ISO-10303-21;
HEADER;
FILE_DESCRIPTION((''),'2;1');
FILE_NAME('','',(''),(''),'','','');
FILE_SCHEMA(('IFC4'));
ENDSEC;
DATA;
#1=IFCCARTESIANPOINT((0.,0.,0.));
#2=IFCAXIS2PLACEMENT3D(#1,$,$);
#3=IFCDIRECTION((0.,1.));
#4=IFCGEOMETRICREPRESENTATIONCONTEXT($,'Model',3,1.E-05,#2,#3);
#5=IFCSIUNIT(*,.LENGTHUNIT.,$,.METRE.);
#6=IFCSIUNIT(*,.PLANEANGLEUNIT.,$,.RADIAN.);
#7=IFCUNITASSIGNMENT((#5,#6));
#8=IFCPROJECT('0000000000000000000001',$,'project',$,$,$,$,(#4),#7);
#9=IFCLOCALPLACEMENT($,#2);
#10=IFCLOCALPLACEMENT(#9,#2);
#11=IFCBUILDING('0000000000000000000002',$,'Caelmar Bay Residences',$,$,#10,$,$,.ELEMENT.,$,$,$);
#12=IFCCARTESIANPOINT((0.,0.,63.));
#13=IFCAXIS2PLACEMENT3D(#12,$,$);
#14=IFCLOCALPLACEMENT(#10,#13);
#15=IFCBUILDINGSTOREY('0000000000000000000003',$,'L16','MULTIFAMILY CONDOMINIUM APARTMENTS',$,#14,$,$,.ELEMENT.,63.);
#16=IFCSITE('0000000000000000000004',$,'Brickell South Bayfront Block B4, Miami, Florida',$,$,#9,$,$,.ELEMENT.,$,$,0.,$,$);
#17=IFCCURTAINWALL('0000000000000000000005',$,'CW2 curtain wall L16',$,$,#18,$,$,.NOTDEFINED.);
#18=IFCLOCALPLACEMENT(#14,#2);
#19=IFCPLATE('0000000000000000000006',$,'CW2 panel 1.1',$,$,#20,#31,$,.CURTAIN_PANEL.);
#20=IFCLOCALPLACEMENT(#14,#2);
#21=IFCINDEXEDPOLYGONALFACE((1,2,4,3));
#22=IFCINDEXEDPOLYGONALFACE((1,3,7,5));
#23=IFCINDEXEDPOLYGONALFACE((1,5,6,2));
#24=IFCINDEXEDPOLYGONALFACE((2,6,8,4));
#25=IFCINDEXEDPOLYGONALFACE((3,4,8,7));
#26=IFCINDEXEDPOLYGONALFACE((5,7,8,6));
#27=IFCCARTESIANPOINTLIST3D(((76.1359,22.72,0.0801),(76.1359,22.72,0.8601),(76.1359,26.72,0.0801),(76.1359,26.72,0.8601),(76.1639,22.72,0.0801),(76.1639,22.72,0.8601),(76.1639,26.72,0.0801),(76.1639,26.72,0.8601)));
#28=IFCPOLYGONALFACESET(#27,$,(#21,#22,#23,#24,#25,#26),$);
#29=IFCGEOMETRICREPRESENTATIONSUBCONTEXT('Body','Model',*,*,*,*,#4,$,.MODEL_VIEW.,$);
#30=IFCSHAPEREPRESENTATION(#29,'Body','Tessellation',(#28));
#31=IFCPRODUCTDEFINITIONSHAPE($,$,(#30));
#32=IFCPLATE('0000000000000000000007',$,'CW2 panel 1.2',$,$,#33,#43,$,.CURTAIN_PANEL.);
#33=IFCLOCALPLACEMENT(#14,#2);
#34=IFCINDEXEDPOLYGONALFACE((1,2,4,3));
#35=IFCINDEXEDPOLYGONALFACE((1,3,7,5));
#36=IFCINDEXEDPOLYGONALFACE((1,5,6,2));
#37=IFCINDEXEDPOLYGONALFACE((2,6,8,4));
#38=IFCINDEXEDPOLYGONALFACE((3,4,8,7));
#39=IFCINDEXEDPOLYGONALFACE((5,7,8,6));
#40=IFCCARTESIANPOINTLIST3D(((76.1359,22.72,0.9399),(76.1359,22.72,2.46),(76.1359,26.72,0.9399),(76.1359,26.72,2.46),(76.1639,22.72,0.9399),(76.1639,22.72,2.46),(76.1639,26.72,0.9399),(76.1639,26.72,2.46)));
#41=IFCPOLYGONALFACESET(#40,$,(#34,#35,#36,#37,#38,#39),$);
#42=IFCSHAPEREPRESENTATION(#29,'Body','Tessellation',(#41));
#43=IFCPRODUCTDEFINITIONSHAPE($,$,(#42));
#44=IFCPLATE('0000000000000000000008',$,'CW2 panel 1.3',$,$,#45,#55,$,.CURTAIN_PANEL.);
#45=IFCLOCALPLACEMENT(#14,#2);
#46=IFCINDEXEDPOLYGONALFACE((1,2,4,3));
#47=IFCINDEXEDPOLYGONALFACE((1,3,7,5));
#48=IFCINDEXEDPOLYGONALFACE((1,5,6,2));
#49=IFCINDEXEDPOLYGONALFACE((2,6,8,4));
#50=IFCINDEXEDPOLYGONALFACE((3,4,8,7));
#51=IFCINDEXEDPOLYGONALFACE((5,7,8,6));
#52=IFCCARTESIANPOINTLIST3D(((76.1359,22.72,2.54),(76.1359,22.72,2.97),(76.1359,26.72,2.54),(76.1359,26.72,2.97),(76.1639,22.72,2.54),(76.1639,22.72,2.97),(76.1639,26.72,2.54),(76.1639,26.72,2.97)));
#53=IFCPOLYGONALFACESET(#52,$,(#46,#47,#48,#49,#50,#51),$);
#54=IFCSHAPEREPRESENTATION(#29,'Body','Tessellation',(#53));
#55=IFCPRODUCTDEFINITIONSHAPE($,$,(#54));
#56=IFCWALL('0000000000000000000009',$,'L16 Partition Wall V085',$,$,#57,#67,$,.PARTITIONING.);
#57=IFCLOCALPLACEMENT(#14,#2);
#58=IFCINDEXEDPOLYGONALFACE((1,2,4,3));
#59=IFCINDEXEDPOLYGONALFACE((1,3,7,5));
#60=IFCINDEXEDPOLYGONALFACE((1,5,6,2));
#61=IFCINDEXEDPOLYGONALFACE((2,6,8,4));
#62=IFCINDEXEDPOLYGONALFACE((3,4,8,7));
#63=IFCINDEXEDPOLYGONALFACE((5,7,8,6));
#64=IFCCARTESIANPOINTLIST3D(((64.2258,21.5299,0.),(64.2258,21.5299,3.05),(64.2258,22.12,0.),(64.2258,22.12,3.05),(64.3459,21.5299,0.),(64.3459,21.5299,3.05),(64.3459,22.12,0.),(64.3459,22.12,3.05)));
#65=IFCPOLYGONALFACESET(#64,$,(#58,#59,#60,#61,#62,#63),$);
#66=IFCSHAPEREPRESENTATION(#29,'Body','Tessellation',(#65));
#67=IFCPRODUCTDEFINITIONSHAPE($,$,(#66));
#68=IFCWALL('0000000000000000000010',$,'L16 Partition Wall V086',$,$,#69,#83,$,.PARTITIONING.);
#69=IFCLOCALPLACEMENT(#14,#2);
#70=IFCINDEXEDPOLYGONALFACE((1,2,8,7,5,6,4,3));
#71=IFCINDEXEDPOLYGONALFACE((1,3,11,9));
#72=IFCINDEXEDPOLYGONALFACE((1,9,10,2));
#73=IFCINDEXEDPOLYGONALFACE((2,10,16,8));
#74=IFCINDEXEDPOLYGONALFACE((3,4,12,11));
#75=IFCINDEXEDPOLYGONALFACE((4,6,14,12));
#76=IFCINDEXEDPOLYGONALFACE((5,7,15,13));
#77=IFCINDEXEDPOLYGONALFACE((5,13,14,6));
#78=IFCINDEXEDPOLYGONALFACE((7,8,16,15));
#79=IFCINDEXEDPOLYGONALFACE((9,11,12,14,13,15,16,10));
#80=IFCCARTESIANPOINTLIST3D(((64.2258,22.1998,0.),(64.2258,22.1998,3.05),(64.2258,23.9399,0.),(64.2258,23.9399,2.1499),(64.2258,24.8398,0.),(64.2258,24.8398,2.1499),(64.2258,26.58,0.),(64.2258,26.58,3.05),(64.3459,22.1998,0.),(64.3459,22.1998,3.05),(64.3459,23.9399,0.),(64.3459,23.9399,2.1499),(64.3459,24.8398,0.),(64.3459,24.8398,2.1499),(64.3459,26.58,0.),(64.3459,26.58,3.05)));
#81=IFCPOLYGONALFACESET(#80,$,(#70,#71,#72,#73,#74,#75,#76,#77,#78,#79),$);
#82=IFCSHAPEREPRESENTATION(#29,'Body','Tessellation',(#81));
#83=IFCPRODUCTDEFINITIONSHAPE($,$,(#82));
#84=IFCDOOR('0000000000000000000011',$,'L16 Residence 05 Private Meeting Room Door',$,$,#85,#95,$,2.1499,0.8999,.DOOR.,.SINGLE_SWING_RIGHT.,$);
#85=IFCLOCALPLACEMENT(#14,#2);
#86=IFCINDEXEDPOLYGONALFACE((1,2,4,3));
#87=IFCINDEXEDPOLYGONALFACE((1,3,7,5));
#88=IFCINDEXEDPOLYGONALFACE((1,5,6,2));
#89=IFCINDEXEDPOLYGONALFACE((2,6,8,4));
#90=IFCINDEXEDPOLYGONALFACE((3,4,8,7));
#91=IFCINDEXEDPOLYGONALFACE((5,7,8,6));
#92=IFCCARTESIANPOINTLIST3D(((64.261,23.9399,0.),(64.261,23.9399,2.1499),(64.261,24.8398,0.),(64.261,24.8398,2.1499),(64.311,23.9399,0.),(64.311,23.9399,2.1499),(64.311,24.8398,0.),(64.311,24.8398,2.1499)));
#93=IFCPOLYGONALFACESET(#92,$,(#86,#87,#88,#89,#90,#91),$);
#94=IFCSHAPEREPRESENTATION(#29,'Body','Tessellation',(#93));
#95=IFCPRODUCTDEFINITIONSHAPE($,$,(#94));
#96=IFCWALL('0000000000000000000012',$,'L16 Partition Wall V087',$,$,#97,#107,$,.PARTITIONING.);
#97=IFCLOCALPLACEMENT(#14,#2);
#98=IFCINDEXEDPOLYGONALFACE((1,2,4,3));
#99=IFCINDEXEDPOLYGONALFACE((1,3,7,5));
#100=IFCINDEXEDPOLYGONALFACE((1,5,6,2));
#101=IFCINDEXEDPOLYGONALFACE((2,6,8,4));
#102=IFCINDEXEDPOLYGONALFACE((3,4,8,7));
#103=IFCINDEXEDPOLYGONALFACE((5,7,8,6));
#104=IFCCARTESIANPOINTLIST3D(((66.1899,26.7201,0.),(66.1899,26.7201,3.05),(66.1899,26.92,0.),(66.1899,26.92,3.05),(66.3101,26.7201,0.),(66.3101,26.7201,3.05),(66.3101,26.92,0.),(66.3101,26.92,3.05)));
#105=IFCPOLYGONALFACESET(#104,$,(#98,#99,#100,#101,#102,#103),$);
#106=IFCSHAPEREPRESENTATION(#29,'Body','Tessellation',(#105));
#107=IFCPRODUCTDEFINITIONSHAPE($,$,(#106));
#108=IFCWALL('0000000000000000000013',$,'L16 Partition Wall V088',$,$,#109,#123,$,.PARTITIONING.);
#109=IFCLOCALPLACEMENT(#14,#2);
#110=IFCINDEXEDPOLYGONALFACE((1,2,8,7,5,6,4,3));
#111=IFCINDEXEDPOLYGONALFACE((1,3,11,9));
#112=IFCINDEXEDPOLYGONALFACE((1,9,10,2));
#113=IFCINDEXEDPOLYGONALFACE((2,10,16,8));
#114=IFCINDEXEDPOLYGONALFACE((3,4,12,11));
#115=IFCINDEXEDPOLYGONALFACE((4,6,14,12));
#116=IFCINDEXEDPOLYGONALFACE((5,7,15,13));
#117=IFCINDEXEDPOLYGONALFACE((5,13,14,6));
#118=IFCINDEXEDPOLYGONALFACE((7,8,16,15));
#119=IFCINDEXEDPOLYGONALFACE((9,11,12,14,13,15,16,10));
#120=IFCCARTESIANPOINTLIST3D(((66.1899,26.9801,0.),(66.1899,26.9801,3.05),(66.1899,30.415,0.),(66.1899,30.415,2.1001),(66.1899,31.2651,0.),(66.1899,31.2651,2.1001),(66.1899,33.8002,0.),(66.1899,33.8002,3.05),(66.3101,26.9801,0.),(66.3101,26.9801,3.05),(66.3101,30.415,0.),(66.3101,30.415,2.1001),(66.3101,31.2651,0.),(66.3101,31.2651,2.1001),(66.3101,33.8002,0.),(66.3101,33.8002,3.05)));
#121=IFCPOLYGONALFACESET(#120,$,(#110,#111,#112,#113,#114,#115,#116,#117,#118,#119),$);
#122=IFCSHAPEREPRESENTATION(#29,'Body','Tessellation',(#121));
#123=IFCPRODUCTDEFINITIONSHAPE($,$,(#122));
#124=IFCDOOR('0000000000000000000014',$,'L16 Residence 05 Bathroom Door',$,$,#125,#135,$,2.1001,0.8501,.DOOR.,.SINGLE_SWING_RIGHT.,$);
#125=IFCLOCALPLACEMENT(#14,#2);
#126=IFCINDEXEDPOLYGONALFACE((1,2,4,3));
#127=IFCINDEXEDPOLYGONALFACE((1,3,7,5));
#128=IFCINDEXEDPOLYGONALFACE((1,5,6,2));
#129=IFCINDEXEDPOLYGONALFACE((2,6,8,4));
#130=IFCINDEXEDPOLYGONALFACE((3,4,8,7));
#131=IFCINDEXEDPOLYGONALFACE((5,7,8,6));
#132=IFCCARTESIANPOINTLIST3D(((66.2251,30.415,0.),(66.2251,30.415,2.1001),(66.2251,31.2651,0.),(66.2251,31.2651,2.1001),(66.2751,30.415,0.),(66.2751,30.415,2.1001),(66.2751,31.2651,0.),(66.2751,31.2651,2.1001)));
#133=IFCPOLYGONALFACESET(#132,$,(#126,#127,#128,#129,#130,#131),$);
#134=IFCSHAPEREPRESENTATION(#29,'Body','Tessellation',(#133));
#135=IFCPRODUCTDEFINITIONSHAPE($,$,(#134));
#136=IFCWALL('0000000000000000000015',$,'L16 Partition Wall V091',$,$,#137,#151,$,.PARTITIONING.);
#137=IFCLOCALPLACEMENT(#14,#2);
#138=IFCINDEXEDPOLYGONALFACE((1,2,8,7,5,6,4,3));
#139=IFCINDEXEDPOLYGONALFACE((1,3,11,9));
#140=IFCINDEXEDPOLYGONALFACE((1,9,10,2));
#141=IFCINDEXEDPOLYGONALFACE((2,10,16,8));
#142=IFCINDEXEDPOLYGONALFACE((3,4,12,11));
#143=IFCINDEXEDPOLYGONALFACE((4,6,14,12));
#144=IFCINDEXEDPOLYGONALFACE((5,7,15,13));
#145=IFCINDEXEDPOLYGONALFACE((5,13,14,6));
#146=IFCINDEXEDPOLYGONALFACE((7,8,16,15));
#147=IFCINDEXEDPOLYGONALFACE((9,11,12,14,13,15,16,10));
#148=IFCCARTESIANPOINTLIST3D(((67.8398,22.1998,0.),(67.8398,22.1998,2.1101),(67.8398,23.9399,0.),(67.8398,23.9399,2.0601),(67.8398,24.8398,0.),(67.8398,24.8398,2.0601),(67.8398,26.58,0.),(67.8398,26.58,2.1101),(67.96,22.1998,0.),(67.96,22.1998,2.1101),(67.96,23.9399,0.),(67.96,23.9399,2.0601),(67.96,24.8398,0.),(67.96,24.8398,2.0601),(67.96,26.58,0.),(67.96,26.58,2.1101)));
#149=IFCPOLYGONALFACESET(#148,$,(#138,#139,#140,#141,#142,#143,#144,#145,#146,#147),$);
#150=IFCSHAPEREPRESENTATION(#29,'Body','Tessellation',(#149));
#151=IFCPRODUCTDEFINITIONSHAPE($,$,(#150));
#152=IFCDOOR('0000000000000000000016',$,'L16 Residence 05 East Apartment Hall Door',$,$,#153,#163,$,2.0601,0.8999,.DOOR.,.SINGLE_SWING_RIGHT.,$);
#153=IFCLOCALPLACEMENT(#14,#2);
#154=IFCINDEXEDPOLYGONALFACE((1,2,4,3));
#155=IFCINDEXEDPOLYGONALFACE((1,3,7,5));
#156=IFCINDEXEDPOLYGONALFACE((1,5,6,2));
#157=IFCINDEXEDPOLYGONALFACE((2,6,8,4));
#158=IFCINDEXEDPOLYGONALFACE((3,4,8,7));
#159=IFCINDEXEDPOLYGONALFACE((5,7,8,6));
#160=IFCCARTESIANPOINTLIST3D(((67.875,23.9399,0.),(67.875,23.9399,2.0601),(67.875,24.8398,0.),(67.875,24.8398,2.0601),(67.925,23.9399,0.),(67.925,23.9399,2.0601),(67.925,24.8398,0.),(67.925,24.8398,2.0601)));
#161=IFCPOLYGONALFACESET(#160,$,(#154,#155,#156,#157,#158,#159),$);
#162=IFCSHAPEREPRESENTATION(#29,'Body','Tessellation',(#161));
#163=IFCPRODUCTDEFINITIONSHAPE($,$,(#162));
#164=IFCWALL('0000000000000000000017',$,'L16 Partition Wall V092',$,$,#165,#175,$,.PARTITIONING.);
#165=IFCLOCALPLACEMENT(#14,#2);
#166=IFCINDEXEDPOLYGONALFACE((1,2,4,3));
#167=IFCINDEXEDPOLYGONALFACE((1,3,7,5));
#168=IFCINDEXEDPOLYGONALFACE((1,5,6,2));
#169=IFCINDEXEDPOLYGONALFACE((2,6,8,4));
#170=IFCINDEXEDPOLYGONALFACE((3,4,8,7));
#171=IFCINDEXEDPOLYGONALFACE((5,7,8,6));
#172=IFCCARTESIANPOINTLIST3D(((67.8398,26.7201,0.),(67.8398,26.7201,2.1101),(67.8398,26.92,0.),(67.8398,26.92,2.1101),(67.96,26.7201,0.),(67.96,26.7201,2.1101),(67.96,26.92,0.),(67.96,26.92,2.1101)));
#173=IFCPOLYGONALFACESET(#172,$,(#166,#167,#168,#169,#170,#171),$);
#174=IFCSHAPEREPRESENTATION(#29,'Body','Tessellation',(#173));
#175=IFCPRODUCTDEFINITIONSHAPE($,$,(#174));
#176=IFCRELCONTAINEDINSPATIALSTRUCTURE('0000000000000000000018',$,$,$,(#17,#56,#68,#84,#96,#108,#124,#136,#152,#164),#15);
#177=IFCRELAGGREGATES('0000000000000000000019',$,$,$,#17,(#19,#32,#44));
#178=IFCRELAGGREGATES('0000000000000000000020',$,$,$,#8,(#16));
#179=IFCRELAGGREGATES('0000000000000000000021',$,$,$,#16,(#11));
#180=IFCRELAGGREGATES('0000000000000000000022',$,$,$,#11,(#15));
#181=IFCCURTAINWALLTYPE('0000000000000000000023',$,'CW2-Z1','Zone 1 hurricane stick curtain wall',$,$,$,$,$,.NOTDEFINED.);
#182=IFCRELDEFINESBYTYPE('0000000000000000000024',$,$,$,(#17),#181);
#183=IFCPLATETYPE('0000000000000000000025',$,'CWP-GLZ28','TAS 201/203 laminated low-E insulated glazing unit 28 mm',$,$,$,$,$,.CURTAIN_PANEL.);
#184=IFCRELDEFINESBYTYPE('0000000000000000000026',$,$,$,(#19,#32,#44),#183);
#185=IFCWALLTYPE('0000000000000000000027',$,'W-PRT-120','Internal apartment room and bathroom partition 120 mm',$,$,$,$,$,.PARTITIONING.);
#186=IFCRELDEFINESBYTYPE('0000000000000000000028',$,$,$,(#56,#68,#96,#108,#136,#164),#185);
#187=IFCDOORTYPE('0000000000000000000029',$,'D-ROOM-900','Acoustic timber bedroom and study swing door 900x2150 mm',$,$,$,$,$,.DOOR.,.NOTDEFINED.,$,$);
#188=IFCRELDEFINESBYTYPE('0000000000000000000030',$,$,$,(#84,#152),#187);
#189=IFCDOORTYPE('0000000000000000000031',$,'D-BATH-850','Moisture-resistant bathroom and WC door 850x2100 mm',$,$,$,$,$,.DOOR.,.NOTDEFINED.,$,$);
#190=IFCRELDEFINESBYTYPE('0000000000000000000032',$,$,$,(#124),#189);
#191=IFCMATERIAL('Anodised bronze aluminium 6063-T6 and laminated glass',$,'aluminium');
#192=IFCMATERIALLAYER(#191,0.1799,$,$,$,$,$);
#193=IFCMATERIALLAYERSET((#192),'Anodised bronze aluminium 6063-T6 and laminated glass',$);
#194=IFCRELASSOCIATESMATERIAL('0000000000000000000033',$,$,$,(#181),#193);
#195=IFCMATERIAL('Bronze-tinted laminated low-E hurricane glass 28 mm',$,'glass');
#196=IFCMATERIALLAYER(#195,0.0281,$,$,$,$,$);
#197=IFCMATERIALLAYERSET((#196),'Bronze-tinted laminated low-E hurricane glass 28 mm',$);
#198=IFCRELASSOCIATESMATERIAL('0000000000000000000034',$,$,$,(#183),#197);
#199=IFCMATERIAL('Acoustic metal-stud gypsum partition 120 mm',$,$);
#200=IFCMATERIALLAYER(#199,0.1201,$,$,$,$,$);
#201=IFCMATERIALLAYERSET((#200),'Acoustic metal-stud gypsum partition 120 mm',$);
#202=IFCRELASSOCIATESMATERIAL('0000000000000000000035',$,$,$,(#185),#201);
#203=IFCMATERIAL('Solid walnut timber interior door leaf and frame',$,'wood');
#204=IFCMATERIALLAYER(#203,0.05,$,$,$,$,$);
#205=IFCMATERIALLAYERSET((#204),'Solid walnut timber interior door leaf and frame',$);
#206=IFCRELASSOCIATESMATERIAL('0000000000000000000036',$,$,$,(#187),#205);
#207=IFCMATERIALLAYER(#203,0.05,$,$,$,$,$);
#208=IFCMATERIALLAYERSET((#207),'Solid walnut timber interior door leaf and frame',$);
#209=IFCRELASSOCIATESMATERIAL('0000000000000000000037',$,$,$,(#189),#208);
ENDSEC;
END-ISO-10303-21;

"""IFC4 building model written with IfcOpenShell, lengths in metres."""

from ifc_helpers import new_model, si_unit, direction, frame, frame_2d, origin, origin_2d, place, context, subcontext, project, spatial, rectangle, extrude, material, layer, layer_set, type_object, element, fill, aggregate, save


model = new_model("IFC4")

# Units and contexts
model_context = context("Model", 3, precision=1e-05, world=origin(), true_north=direction((0.0, 1.0)))
body_context = subcontext(model_context, "Body", "Model", "MODEL_VIEW")
ifc_project = project(units=[si_unit("LENGTHUNIT", "METRE"), si_unit("PLANEANGLEUNIT", "RADIAN")], contexts=[model_context])

# Site, building, storey
site_placement = place(None, origin())
site = spatial("IfcSite", under=ifc_project, at=site_placement, Name="Brickell South Bayfront Block B4, Miami, Florida", CompositionType="ELEMENT", RefElevation=0.0)
building_placement = place(site_placement, origin())
building = spatial("IfcBuilding", under=site, at=building_placement, Name="Caelmar Bay Residences", CompositionType="ELEMENT")
storey_placement = place(building_placement, frame((0.0, 0.0, 63.0)))
storey = spatial("IfcBuildingStorey", under=building, at=storey_placement, Name="L16", Description="MULTIFAMILY CONDOMINIUM APARTMENTS", CompositionType="ELEMENT", Elevation=63.0)

# Curtain wall, plates
ifc_material_1 = material(Name="Anodised bronze aluminium 6063-T6 and laminated glass", Category="aluminium")
ifc_layer_1 = layer(ifc_material_1, 0.1799)
ifc_layer_set_1 = layer_set([ifc_layer_1], Name="Anodised bronze aluminium 6063-T6 and laminated glass")
curtain_wall_type = type_object("IfcCurtainWallType", Name="CW2-Z1", Description="Zone 1 hurricane stick curtain wall", PredefinedType="NOTDEFINED", material=ifc_layer_set_1)
curtain_wall_placement = place(storey_placement, origin())
curtain_wall = element("IfcCurtainWall", 1, at=curtain_wall_placement, inside=storey, type_object=curtain_wall_type, Name="CW2 curtain wall L16", PredefinedType="NOTDEFINED")
ifc_material_2 = material(Name="Bronze-tinted laminated low-E hurricane glass 28 mm", Category="glass")
ifc_layer_2 = layer(ifc_material_2, 0.0281)
ifc_layer_set_2 = layer_set([ifc_layer_2], Name="Bronze-tinted laminated low-E hurricane glass 28 mm")
plate_type = type_object("IfcPlateType", Name="CWP-GLZ28", Description="TAS 201/203 laminated low-E insulated glazing unit 28 mm", PredefinedType="CURTAIN_PANEL", material=ifc_layer_set_2)
plate_1_placement = place(storey_placement, frame((76.1499, 24.72, 0.0801), z_axis=(0.0, 0.0, 1.0), x_axis=(0.0, -1.0, 0.0)))
plate_1 = element("IfcPlate", 2, at=plate_1_placement, type_object=plate_type, Name="CW2 panel 1.1", PredefinedType="CURTAIN_PANEL", context=body_context, shape_type="SweptSolid", body=[
    extrude(rectangle(XDim=4.0, YDim=0.0281, at=origin_2d()), origin(), (0.0, 0.0, 1.0), 0.78),
])
plate_2_placement = place(storey_placement, frame((76.1499, 24.72, 0.9399), z_axis=(0.0, 0.0, 1.0), x_axis=(0.0, -1.0, 0.0)))
plate_2 = element("IfcPlate", 3, at=plate_2_placement, type_object=plate_type, Name="CW2 panel 1.2", PredefinedType="CURTAIN_PANEL", context=body_context, shape_type="SweptSolid", body=[
    extrude(rectangle(XDim=4.0, YDim=0.0281, at=origin_2d()), origin(), (0.0, 0.0, 1.0), 1.52),
])
plate_3_placement = place(storey_placement, frame((76.1499, 24.72, 2.54), z_axis=(0.0, 0.0, 1.0), x_axis=(0.0, -1.0, 0.0)))
plate_3 = element("IfcPlate", 4, at=plate_3_placement, type_object=plate_type, Name="CW2 panel 1.3", PredefinedType="CURTAIN_PANEL", context=body_context, shape_type="SweptSolid", body=[
    extrude(rectangle(XDim=4.0, YDim=0.0281, at=origin_2d()), origin(), (0.0, 0.0, 1.0), 0.4299),
])
aggregate(curtain_wall, [plate_1, plate_2, plate_3])

# Wall
ifc_material_3 = material(Name="Acoustic metal-stud gypsum partition 120 mm")
ifc_layer_3 = layer(ifc_material_3, 0.1201)
ifc_layer_set_3 = layer_set([ifc_layer_3], Name="Acoustic metal-stud gypsum partition 120 mm")
wall_type = type_object("IfcWallType", Name="W-PRT-120", Description="Internal apartment room and bathroom partition 120 mm", PredefinedType="PARTITIONING", material=ifc_layer_set_3)
wall_1_placement = place(storey_placement, frame((64.2859, 21.53, 0.0), z_axis=(0.0, 0.0, 1.0), x_axis=(0.0, 1.0, 0.0)))
element("IfcWall", 5, at=wall_1_placement, inside=storey, type_object=wall_type, Name="L16 Partition Wall V085", PredefinedType="PARTITIONING", context=body_context, shape_type="SweptSolid", body=[
    extrude(rectangle(XDim=0.5901, YDim=0.1201, at=frame_2d((0.2949, 0.0))), origin(), (0.0, 0.0, 1.0), 3.05),
])

# Wall, opening, door
wall_2_placement = place(storey_placement, frame((64.2859, 22.2, 0.0), z_axis=(0.0, 0.0, 1.0), x_axis=(0.0, 1.0, 0.0)))
wall_2 = element("IfcWall", 6, at=wall_2_placement, inside=storey, type_object=wall_type, Name="L16 Partition Wall V086", PredefinedType="PARTITIONING", context=body_context, shape_type="SweptSolid", body=[
    extrude(rectangle(XDim=4.3801, YDim=0.1201, at=frame_2d((2.1899, 0.0))), origin(), (0.0, 0.0, 1.0), 3.05),
])
opening_1_placement = place(wall_2_placement, frame((1.74, 0.0, 0.0)))
opening_1 = element("IfcOpeningElement", 7, at=opening_1_placement, cuts=wall_2, PredefinedType="OPENING", context=body_context, shape_type="SweptSolid", body=[
    extrude(rectangle(XDim=0.8999, YDim=2.1499, at=frame_2d((0.45, 1.075))), frame((0.0, 0.0701, 0.0), z_axis=(0.0, -1.0, 0.0), x_axis=(1.0, 0.0, 0.0)), (0.0, 0.0, 1.0), 0.1401),
])
ifc_material_4 = material(Name="Solid walnut timber interior door leaf and frame", Category="wood")
ifc_layer_4 = layer(ifc_material_4, 0.05)
ifc_layer_set_4 = layer_set([ifc_layer_4], Name="Solid walnut timber interior door leaf and frame")
door_type_1 = type_object("IfcDoorType", Name="D-ROOM-900", Description="Acoustic timber bedroom and study swing door 900x2150 mm", OperationType="NOTDEFINED", PredefinedType="DOOR", material=ifc_layer_set_4)
door_1_placement = place(opening_1_placement, origin())
door_1 = element("IfcDoor", 8, at=door_1_placement, inside=storey, type_object=door_type_1, Name="L16 Residence 05 Private Meeting Room Door", OperationType="SINGLE_SWING_RIGHT", OverallHeight=2.1499, OverallWidth=0.8999, PredefinedType="DOOR", context=body_context, shape_type="SweptSolid", body=[
    extrude(rectangle(XDim=0.8999, YDim=2.1499, at=frame_2d((0.45, 1.075))), frame((0.0, 0.0249, 0.0), z_axis=(0.0, -1.0, 0.0), x_axis=(1.0, 0.0, 0.0)), (0.0, 0.0, 1.0), 0.05),
])
fill(opening_1, door_1)

# Wall
wall_3_placement = place(storey_placement, frame((66.25, 26.72, 0.0), z_axis=(0.0, 0.0, 1.0), x_axis=(0.0, 1.0, 0.0)))
element("IfcWall", 9, at=wall_3_placement, inside=storey, type_object=wall_type, Name="L16 Partition Wall V087", PredefinedType="PARTITIONING", context=body_context, shape_type="SweptSolid", body=[
    extrude(rectangle(XDim=0.2, YDim=0.1201, at=frame_2d((0.1001, 0.0))), origin(), (0.0, 0.0, 1.0), 3.05),
])

# Walls, openings, doors
wall_4_placement = place(storey_placement, frame((66.25, 26.98, 0.0), z_axis=(0.0, 0.0, 1.0), x_axis=(0.0, 1.0, 0.0)))
wall_4 = element("IfcWall", 10, at=wall_4_placement, inside=storey, type_object=wall_type, Name="L16 Partition Wall V088", PredefinedType="PARTITIONING", context=body_context, shape_type="SweptSolid", body=[
    extrude(rectangle(XDim=6.8201, YDim=0.1201, at=frame_2d((3.4102, 0.0))), origin(), (0.0, 0.0, 1.0), 3.05),
])
opening_2_placement = place(wall_4_placement, frame((3.4351, 0.0, 0.0)))
opening_2 = element("IfcOpeningElement", 11, at=opening_2_placement, cuts=wall_4, PredefinedType="OPENING", context=body_context, shape_type="SweptSolid", body=[
    extrude(rectangle(XDim=0.8501, YDim=2.1001, at=frame_2d((0.425, 1.05))), frame((0.0, 0.0701, 0.0), z_axis=(0.0, -1.0, 0.0), x_axis=(1.0, 0.0, 0.0)), (0.0, 0.0, 1.0), 0.1401),
])
ifc_layer_5 = layer(ifc_material_4, 0.05)
ifc_layer_set_5 = layer_set([ifc_layer_5], Name="Solid walnut timber interior door leaf and frame")
door_type_2 = type_object("IfcDoorType", Name="D-BATH-850", Description="Moisture-resistant bathroom and WC door 850x2100 mm", OperationType="NOTDEFINED", PredefinedType="DOOR", material=ifc_layer_set_5)
door_2_placement = place(opening_2_placement, origin())
door_2 = element("IfcDoor", 12, at=door_2_placement, inside=storey, type_object=door_type_2, Name="L16 Residence 05 Bathroom Door", OperationType="SINGLE_SWING_RIGHT", OverallHeight=2.1001, OverallWidth=0.8501, PredefinedType="DOOR", context=body_context, shape_type="SweptSolid", body=[
    extrude(rectangle(XDim=0.8501, YDim=2.1001, at=frame_2d((0.425, 1.05))), frame((0.0, 0.0249, 0.0), z_axis=(0.0, -1.0, 0.0), x_axis=(1.0, 0.0, 0.0)), (0.0, 0.0, 1.0), 0.05),
])
fill(opening_2, door_2)
wall_5_placement = place(storey_placement, frame((67.8999, 22.2, 0.0), z_axis=(0.0, 0.0, 1.0), x_axis=(0.0, 1.0, 0.0)))
wall_5 = element("IfcWall", 13, at=wall_5_placement, inside=storey, type_object=wall_type, Name="L16 Partition Wall V091", PredefinedType="PARTITIONING", context=body_context, shape_type="SweptSolid", body=[
    extrude(rectangle(XDim=4.3801, YDim=0.1201, at=frame_2d((2.1899, 0.0))), origin(), (0.0, 0.0, 1.0), 2.1101),
])
opening_3_placement = place(wall_5_placement, frame((1.74, 0.0, 0.0)))
opening_3 = element("IfcOpeningElement", 14, at=opening_3_placement, cuts=wall_5, PredefinedType="OPENING", context=body_context, shape_type="SweptSolid", body=[
    extrude(rectangle(XDim=0.8999, YDim=2.0601, at=frame_2d((0.45, 1.03))), frame((0.0, 0.0701, 0.0), z_axis=(0.0, -1.0, 0.0), x_axis=(1.0, 0.0, 0.0)), (0.0, 0.0, 1.0), 0.1401),
])
door_3_placement = place(opening_3_placement, origin())
door_3 = element("IfcDoor", 15, at=door_3_placement, inside=storey, type_object=door_type_1, Name="L16 Residence 05 East Apartment Hall Door", OperationType="SINGLE_SWING_RIGHT", OverallHeight=2.0601, OverallWidth=0.8999, PredefinedType="DOOR", context=body_context, shape_type="SweptSolid", body=[
    extrude(rectangle(XDim=0.8999, YDim=2.0601, at=frame_2d((0.45, 1.03))), frame((0.0, 0.0249, 0.0), z_axis=(0.0, -1.0, 0.0), x_axis=(1.0, 0.0, 0.0)), (0.0, 0.0, 1.0), 0.05),
])
fill(opening_3, door_3)

# Wall
wall_6_placement = place(storey_placement, frame((67.8999, 26.72, 0.0), z_axis=(0.0, 0.0, 1.0), x_axis=(0.0, 1.0, 0.0)))
element("IfcWall", 16, at=wall_6_placement, inside=storey, type_object=wall_type, Name="L16 Partition Wall V092", PredefinedType="PARTITIONING", context=body_context, shape_type="SweptSolid", body=[
    extrude(rectangle(XDim=0.2, YDim=0.1201, at=frame_2d((0.1001, 0.0))), origin(), (0.0, 0.0, 1.0), 2.1101),
])

save(model, "model.ifc")
